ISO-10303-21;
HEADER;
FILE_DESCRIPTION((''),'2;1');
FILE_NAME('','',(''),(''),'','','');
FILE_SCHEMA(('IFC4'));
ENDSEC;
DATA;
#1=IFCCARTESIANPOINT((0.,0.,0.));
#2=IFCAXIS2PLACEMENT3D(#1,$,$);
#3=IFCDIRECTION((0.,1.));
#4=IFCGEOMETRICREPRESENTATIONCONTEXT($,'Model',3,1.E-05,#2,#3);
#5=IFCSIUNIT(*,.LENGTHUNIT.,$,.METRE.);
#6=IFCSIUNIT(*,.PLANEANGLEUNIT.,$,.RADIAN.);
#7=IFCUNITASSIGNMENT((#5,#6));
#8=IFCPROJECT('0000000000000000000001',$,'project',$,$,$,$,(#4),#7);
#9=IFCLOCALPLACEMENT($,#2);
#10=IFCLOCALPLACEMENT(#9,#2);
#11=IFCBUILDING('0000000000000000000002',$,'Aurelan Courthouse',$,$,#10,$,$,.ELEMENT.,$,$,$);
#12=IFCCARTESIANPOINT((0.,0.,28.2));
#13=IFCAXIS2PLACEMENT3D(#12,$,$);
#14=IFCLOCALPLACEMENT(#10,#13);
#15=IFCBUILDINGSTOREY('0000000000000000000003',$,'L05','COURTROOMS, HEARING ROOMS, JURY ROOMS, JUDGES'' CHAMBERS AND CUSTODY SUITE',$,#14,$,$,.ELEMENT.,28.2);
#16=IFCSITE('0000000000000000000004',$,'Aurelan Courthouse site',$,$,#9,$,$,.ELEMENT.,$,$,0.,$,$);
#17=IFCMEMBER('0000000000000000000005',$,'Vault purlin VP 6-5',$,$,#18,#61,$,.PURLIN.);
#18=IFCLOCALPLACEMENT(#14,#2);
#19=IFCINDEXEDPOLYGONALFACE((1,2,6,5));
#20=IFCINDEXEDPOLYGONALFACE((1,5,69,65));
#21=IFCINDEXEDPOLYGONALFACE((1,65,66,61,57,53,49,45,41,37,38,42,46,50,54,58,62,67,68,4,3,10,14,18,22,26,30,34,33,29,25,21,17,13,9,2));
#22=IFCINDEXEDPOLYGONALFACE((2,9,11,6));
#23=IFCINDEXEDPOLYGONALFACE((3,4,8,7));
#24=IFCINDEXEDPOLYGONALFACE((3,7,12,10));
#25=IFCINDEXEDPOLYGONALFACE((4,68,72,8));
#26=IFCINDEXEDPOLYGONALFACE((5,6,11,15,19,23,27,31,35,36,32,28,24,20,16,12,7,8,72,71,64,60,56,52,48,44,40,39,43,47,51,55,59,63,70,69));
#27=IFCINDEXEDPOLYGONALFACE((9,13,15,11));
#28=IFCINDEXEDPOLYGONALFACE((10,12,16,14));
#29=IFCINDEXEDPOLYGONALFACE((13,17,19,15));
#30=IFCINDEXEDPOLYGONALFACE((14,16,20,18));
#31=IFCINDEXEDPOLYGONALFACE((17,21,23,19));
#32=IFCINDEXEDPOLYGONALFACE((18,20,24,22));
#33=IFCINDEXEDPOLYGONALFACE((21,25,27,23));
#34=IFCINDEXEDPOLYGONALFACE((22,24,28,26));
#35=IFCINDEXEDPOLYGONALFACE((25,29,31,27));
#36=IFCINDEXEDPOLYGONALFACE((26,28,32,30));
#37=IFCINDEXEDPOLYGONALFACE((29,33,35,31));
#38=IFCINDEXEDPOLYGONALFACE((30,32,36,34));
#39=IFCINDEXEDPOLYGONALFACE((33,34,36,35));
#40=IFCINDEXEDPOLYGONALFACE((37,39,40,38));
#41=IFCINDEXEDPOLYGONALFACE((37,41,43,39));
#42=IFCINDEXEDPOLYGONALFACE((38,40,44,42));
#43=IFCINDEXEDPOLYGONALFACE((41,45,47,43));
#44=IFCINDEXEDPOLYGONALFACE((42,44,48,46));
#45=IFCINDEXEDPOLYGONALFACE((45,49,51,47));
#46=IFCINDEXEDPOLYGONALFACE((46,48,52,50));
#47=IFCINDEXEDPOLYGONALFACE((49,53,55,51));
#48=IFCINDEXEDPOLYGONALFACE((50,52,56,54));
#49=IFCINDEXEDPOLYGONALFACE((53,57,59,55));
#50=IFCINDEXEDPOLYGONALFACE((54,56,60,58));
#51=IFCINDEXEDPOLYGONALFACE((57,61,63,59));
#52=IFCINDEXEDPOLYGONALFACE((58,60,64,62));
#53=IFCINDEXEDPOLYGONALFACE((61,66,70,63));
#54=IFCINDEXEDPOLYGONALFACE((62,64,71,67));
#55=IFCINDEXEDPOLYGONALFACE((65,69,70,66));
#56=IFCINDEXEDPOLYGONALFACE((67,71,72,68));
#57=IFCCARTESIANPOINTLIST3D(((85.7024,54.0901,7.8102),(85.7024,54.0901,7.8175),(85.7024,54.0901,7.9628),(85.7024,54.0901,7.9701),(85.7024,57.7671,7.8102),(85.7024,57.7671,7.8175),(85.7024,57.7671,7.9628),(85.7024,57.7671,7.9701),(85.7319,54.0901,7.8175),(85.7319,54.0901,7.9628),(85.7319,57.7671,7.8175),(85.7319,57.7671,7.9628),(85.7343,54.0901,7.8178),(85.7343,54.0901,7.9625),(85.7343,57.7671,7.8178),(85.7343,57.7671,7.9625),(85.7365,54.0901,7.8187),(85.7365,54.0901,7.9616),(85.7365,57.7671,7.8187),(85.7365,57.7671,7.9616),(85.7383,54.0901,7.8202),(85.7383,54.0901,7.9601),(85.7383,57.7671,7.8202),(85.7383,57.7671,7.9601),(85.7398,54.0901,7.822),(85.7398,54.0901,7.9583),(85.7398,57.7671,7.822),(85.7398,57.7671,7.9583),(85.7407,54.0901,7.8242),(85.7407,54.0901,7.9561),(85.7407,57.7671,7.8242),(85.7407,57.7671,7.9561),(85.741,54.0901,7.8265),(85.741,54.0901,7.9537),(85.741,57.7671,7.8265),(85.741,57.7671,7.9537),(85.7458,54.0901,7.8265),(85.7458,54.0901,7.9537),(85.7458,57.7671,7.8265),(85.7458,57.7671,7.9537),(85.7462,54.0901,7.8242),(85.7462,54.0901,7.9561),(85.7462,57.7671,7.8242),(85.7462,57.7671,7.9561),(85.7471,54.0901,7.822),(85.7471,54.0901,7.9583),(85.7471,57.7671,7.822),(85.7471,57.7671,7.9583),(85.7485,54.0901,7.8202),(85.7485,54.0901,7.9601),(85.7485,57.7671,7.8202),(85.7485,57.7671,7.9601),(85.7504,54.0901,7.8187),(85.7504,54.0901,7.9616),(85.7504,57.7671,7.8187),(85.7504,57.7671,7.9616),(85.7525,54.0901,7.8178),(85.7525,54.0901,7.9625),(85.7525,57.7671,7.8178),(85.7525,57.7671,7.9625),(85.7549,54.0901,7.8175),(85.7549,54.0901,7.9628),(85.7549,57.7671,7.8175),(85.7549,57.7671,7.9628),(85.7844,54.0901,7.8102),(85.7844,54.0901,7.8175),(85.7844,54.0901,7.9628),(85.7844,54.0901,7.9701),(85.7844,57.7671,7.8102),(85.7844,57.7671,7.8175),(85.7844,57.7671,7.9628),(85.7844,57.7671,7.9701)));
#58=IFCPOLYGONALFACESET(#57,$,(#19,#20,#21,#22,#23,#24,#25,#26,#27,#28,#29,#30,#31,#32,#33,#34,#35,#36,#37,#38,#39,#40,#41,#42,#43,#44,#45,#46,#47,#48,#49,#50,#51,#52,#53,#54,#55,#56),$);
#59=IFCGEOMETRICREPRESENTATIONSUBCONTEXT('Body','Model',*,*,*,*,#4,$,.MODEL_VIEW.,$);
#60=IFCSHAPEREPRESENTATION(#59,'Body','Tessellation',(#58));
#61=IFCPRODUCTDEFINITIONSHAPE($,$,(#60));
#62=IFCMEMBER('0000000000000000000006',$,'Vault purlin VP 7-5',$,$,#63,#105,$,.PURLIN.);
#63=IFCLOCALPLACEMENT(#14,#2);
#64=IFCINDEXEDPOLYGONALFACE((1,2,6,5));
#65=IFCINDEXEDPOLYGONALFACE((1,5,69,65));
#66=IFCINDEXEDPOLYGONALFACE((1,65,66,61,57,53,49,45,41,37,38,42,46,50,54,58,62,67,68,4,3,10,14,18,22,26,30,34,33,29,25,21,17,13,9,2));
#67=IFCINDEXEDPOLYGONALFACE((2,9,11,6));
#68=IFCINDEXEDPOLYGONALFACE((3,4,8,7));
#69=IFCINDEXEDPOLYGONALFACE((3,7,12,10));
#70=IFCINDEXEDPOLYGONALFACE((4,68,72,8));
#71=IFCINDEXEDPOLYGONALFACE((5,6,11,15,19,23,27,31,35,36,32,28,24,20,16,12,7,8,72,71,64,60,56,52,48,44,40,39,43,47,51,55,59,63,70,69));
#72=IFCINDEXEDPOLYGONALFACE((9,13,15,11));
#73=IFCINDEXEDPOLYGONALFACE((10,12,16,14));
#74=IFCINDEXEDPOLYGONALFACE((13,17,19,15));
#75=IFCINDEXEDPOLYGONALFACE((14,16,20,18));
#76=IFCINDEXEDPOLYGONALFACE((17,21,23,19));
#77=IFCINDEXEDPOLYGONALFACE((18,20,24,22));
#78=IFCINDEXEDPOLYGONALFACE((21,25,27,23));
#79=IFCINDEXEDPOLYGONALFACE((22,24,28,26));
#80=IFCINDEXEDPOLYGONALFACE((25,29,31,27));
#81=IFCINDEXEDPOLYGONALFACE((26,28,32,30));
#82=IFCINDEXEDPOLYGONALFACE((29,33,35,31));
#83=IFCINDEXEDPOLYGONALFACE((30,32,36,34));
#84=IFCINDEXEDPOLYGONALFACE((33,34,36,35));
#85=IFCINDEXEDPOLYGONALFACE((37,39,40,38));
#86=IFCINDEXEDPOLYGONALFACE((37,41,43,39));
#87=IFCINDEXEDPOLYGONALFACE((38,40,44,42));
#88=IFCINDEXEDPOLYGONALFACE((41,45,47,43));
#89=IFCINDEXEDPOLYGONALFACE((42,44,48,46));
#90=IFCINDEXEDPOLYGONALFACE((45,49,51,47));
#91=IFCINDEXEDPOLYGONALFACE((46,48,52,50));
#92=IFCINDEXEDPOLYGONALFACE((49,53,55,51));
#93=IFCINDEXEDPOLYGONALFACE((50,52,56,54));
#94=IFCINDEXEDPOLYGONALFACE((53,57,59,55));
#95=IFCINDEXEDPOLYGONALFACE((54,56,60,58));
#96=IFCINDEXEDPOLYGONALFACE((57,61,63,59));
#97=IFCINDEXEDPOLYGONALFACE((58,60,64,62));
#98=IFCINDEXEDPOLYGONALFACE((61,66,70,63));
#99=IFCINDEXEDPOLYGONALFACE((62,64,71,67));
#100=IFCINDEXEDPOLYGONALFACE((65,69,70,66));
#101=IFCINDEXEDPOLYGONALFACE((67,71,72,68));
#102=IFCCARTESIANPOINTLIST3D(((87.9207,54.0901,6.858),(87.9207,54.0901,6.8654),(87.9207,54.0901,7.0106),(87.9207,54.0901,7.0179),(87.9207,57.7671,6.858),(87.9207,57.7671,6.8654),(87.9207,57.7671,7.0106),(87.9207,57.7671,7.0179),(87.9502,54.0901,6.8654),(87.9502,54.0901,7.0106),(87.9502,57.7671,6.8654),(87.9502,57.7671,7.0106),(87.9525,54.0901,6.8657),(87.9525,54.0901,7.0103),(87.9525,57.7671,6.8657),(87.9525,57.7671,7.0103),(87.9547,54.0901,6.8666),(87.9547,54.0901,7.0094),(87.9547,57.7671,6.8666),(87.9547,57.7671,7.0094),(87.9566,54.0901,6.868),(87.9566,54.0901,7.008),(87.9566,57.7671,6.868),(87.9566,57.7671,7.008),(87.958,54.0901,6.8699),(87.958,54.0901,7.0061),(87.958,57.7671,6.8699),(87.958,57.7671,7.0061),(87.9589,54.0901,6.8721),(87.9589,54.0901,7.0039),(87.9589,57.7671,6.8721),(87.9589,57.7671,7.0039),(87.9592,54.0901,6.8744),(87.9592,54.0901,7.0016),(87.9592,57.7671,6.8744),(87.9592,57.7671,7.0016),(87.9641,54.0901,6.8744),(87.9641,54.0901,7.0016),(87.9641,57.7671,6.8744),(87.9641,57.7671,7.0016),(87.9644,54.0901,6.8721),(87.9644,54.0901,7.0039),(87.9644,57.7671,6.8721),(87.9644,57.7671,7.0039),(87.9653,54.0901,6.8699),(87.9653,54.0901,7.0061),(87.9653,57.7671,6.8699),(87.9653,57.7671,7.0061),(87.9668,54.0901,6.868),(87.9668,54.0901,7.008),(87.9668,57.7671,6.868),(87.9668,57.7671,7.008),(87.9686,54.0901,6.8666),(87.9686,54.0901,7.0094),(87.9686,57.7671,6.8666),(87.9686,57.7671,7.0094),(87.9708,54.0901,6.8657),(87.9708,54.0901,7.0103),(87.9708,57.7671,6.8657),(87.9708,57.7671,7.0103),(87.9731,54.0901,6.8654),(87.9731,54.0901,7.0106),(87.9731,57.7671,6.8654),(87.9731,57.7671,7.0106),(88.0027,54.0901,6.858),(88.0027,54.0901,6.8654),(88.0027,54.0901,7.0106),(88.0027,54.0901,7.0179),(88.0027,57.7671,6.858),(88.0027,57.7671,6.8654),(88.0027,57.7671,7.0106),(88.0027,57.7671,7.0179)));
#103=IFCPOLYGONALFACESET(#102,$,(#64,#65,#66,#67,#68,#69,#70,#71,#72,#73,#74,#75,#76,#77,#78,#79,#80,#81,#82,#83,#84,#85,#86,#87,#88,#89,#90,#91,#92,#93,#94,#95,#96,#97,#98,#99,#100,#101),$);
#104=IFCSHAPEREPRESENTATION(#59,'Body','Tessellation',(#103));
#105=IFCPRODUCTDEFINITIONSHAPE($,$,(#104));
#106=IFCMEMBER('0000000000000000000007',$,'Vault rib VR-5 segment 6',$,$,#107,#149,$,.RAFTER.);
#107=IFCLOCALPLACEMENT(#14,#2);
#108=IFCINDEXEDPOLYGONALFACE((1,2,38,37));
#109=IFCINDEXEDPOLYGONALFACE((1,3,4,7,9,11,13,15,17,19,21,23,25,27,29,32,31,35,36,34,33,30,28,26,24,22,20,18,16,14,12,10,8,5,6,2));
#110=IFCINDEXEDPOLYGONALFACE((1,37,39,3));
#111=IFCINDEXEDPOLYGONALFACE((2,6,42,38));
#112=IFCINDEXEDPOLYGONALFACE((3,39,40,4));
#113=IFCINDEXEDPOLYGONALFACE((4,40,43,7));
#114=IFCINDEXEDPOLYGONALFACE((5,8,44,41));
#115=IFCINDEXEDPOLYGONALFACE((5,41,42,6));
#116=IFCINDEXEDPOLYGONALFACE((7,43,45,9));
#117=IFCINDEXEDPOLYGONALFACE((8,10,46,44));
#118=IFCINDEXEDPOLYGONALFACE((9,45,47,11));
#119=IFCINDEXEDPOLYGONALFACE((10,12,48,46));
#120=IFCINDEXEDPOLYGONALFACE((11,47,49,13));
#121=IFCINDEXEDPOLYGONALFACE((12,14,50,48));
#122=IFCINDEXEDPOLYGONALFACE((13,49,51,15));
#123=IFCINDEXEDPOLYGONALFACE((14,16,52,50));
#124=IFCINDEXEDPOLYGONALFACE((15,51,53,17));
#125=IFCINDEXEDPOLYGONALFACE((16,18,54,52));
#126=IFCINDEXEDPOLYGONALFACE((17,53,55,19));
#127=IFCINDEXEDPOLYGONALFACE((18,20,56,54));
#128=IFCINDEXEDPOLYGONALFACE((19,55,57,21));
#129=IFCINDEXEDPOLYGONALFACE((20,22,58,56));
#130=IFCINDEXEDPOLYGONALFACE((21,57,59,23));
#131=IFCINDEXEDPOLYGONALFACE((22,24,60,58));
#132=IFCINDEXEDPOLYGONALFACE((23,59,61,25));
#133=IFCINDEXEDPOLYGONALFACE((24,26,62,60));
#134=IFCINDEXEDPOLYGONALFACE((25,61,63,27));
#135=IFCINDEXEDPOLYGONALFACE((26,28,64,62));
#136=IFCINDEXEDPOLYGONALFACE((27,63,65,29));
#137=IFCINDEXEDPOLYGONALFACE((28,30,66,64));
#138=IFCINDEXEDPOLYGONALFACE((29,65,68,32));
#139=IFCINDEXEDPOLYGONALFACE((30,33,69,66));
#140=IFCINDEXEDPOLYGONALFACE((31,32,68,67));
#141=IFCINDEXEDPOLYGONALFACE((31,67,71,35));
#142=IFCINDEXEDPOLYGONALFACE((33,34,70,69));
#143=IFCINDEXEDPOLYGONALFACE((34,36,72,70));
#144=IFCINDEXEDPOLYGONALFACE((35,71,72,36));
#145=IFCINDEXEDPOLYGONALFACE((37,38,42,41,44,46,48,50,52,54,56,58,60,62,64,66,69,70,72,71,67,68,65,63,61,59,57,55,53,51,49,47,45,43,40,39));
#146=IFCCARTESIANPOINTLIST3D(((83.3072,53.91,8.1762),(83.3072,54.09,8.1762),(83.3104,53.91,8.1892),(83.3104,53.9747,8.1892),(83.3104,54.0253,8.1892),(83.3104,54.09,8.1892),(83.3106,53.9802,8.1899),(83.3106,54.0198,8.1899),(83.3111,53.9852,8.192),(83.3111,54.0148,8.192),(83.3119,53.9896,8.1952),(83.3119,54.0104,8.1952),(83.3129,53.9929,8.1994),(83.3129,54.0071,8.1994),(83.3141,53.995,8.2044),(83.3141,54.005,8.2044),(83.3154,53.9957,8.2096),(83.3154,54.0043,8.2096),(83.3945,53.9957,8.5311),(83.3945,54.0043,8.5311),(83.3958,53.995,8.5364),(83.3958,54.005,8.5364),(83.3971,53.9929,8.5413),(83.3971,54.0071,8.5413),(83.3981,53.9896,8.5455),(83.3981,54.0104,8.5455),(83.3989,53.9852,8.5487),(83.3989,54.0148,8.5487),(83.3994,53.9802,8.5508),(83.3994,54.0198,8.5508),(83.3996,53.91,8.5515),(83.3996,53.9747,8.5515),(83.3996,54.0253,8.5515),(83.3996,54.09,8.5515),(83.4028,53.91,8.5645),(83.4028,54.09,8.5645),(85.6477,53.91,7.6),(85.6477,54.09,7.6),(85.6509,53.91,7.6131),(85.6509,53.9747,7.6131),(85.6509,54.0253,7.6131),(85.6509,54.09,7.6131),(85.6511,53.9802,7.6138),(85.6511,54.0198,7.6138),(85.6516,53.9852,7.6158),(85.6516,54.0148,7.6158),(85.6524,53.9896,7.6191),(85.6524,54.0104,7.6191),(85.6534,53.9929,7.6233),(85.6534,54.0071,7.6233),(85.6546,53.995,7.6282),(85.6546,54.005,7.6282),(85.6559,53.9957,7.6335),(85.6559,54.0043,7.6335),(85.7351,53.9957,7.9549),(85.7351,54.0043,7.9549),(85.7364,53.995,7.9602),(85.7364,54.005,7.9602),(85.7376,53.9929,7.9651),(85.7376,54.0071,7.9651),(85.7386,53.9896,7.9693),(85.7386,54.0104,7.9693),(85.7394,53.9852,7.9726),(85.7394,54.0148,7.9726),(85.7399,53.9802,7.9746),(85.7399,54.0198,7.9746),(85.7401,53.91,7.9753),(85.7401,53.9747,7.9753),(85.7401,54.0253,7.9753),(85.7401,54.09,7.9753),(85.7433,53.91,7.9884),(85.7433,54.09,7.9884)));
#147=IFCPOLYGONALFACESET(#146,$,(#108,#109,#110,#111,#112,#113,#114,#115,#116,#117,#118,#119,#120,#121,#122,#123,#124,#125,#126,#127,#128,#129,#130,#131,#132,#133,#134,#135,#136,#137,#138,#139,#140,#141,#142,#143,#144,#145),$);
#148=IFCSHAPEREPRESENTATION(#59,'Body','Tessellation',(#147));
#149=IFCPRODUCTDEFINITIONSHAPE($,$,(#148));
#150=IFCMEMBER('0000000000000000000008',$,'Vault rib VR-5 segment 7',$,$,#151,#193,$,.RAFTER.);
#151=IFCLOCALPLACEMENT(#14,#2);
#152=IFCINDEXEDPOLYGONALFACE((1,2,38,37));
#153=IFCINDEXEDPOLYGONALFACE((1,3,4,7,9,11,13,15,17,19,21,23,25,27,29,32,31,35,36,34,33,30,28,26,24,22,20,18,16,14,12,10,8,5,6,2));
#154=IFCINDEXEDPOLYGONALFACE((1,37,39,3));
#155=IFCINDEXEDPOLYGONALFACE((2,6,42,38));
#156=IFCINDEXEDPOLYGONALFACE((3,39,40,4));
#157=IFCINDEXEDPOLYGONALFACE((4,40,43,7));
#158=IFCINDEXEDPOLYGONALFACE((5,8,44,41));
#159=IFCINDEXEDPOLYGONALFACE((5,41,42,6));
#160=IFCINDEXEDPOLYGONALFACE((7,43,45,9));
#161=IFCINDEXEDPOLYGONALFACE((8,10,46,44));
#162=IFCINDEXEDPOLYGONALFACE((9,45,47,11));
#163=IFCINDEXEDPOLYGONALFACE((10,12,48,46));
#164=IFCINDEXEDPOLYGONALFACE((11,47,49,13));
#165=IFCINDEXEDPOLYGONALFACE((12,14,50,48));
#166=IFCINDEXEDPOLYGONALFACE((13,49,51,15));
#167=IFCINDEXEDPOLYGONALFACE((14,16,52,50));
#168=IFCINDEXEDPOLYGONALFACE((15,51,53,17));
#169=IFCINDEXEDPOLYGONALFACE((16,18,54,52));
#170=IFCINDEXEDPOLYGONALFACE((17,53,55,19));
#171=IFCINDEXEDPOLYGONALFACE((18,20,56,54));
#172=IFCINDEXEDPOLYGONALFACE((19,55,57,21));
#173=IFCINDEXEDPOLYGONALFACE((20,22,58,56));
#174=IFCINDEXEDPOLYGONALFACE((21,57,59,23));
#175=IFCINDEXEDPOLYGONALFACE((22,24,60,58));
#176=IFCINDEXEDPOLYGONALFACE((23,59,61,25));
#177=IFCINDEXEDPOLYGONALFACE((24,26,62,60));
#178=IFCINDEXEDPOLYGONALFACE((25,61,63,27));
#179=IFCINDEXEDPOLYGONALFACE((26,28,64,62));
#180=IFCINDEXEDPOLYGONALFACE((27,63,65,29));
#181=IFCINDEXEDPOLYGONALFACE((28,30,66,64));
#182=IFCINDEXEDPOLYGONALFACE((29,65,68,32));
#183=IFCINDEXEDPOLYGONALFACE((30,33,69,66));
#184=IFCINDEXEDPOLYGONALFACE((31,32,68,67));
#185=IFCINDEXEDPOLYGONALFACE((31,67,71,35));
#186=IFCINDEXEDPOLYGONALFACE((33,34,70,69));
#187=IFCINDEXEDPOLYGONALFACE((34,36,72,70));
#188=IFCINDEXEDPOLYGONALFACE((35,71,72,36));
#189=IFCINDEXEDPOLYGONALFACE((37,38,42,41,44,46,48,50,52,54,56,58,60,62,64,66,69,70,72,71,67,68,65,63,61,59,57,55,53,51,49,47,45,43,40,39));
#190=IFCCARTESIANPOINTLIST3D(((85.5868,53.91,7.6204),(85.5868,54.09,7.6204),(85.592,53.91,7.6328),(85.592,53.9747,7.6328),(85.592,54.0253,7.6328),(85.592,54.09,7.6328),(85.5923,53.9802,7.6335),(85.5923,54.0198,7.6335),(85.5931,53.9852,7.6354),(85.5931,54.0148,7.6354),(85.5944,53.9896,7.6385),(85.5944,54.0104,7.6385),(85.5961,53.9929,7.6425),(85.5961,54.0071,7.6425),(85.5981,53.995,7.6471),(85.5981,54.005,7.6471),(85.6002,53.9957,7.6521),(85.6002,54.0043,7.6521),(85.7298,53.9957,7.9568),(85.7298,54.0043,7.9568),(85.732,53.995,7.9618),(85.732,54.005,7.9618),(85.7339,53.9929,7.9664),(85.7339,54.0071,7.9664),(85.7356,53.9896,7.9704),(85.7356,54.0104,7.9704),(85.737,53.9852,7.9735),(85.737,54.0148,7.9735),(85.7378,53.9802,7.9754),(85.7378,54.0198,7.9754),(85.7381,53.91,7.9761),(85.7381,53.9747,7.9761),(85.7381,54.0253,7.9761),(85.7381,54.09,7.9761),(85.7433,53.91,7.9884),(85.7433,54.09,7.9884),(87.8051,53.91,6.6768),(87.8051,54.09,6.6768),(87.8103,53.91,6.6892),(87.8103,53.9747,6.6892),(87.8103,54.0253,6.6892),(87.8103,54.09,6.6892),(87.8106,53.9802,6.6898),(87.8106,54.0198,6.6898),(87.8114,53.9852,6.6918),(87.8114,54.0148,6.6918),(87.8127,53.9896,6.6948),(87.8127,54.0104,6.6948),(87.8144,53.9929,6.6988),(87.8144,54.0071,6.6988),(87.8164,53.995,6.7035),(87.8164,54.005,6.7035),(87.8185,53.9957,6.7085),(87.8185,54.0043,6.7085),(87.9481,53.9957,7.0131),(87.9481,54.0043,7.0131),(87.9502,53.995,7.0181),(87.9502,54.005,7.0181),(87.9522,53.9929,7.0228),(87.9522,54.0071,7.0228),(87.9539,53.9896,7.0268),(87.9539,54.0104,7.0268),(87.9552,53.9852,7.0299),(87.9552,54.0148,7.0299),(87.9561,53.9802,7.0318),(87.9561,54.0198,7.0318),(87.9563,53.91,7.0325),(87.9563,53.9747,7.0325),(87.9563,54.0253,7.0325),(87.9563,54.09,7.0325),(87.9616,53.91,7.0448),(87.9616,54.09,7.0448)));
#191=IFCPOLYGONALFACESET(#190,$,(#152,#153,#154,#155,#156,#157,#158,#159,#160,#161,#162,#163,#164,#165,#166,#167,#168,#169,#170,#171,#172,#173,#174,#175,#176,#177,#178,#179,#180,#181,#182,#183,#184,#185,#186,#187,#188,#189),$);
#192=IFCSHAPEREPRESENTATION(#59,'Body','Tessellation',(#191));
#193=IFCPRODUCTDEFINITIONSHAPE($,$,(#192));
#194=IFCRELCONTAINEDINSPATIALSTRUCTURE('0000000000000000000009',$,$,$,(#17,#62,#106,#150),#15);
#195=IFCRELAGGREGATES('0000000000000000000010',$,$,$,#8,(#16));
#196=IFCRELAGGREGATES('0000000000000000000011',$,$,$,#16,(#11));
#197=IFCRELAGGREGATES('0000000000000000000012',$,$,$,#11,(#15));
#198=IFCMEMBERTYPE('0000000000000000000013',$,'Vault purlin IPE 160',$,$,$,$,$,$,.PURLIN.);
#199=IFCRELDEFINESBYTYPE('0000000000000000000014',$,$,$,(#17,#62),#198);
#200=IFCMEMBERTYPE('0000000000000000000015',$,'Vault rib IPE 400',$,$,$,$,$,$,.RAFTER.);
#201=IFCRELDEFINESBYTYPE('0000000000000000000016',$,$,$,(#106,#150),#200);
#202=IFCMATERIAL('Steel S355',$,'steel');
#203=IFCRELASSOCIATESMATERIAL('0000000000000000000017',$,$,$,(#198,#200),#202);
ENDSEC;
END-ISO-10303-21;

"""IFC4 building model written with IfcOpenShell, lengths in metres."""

from ifc_helpers import new_model, si_unit, direction, frame, origin, origin_2d, place, context, subcontext, project, spatial, i_section, extrude, material, material_profile, profile_set, type_object, element, save


model = new_model("IFC4")

# Units and contexts
model_context = context("Model", 3, precision=1e-05, world=origin(), true_north=direction((0.0, 1.0)))
body_context = subcontext(model_context, "Body", "Model", "MODEL_VIEW")
ifc_project = project(units=[si_unit("LENGTHUNIT", "METRE"), si_unit("PLANEANGLEUNIT", "RADIAN")], contexts=[model_context])

# Site, building, storey
site_placement = place(None, origin())
site = spatial("IfcSite", under=ifc_project, at=site_placement, Name="Aurelan Courthouse site", CompositionType="ELEMENT", RefElevation=0.0)
building_placement = place(site_placement, origin())
building = spatial("IfcBuilding", under=site, at=building_placement, Name="Aurelan Courthouse", CompositionType="ELEMENT")
storey_placement = place(building_placement, frame((0.0, 0.0, 28.2)))
storey = spatial("IfcBuildingStorey", under=building, at=storey_placement, Name="L05", Description="COURTROOMS, HEARING ROOMS, JURY ROOMS, JUDGES' CHAMBERS AND CUSTODY SUITE", CompositionType="ELEMENT", Elevation=28.2)

# Members
ifc_material_1 = material(Name="Steel S355", Category="steel")
ifc_material_profile_1 = material_profile(ifc_material_1, i_section(OverallWidth=0.082, OverallDepth=0.1599, WebThickness=0.0049, FlangeThickness=0.0073, FilletRadius=0.009, at=origin_2d()), Name="IPE 160")
ifc_profile_set_1 = profile_set([ifc_material_profile_1], Name="Steel S355")
member_type_1 = type_object("IfcMemberType", Name="Vault purlin IPE 160", PredefinedType="PURLIN", material=ifc_profile_set_1)
for number, where, z_axis, x_axis, name in (
    (1, (85.7434, 54.0901, 7.8901), (0.0, 1.0, 0.0), (-1.0, 0.0, 0.0), "Vault purlin VP 6-5"),
    (2, (87.9617, 54.0901, 6.938), (0.0, 1.0, 0.0), (-1.0, 0.0, 0.0), "Vault purlin VP 7-5"),
):
    element("IfcMember", number, at=place(storey_placement, frame(where, z_axis=z_axis, x_axis=x_axis)), inside=storey, type_object=member_type_1, Name=name, PredefinedType="PURLIN", context=body_context, shape_type="SweptSolid", body=[
        extrude(i_section(OverallWidth=0.082, OverallDepth=0.1599, WebThickness=0.0049, FlangeThickness=0.0073, FilletRadius=0.009, at=origin_2d()), origin(), (0.0, 0.0, 1.0), 3.677),
    ])
ifc_material_profile_2 = material_profile(ifc_material_1, i_section(OverallWidth=0.1799, OverallDepth=0.3999, WebThickness=0.0085, FlangeThickness=0.0134, FilletRadius=0.021, at=origin_2d()), Name="IPE 400")
ifc_profile_set_2 = profile_set([ifc_material_profile_2], Name="Steel S355")
member_type_2 = type_object("IfcMemberType", Name="Vault rib IPE 400", PredefinedType="RAFTER", material=ifc_profile_set_2)
member_1_placement = place(storey_placement, frame((83.355, 54.0, 8.3704), z_axis=(0.971012, 0.0, -0.239031), x_axis=(0.0, 1.0, 0.0)))
element("IfcMember", 3, at=member_1_placement, inside=storey, type_object=member_type_2, Name="Vault rib VR-5 segment 6", PredefinedType="RAFTER", context=body_context, shape_type="SweptSolid", body=[
    extrude(i_section(OverallWidth=0.1799, OverallDepth=0.3999, WebThickness=0.0085, FlangeThickness=0.0134, FilletRadius=0.021, at=origin_2d()), origin(), (0.0, 0.0, 1.0), 2.4104),
])
for number, where, z_axis, x_axis, name in (
    (4, (85.665, 54.0, 7.8044), (0.920205, 0.0, -0.391437), (0.0, 1.0, 0.0), "Vault rib VR-5 segment 7"),
):
    element("IfcMember", number, at=place(storey_placement, frame(where, z_axis=z_axis, x_axis=x_axis)), inside=storey, type_object=member_type_2, Name=name, PredefinedType="RAFTER", context=body_context, shape_type="SweptSolid", body=[
        extrude(i_section(OverallWidth=0.1799, OverallDepth=0.3999, WebThickness=0.0085, FlangeThickness=0.0134, FilletRadius=0.021, at=origin_2d()), origin(), (0.0, 0.0, 1.0), 2.4106),
    ])

save(model, "model.ifc")
